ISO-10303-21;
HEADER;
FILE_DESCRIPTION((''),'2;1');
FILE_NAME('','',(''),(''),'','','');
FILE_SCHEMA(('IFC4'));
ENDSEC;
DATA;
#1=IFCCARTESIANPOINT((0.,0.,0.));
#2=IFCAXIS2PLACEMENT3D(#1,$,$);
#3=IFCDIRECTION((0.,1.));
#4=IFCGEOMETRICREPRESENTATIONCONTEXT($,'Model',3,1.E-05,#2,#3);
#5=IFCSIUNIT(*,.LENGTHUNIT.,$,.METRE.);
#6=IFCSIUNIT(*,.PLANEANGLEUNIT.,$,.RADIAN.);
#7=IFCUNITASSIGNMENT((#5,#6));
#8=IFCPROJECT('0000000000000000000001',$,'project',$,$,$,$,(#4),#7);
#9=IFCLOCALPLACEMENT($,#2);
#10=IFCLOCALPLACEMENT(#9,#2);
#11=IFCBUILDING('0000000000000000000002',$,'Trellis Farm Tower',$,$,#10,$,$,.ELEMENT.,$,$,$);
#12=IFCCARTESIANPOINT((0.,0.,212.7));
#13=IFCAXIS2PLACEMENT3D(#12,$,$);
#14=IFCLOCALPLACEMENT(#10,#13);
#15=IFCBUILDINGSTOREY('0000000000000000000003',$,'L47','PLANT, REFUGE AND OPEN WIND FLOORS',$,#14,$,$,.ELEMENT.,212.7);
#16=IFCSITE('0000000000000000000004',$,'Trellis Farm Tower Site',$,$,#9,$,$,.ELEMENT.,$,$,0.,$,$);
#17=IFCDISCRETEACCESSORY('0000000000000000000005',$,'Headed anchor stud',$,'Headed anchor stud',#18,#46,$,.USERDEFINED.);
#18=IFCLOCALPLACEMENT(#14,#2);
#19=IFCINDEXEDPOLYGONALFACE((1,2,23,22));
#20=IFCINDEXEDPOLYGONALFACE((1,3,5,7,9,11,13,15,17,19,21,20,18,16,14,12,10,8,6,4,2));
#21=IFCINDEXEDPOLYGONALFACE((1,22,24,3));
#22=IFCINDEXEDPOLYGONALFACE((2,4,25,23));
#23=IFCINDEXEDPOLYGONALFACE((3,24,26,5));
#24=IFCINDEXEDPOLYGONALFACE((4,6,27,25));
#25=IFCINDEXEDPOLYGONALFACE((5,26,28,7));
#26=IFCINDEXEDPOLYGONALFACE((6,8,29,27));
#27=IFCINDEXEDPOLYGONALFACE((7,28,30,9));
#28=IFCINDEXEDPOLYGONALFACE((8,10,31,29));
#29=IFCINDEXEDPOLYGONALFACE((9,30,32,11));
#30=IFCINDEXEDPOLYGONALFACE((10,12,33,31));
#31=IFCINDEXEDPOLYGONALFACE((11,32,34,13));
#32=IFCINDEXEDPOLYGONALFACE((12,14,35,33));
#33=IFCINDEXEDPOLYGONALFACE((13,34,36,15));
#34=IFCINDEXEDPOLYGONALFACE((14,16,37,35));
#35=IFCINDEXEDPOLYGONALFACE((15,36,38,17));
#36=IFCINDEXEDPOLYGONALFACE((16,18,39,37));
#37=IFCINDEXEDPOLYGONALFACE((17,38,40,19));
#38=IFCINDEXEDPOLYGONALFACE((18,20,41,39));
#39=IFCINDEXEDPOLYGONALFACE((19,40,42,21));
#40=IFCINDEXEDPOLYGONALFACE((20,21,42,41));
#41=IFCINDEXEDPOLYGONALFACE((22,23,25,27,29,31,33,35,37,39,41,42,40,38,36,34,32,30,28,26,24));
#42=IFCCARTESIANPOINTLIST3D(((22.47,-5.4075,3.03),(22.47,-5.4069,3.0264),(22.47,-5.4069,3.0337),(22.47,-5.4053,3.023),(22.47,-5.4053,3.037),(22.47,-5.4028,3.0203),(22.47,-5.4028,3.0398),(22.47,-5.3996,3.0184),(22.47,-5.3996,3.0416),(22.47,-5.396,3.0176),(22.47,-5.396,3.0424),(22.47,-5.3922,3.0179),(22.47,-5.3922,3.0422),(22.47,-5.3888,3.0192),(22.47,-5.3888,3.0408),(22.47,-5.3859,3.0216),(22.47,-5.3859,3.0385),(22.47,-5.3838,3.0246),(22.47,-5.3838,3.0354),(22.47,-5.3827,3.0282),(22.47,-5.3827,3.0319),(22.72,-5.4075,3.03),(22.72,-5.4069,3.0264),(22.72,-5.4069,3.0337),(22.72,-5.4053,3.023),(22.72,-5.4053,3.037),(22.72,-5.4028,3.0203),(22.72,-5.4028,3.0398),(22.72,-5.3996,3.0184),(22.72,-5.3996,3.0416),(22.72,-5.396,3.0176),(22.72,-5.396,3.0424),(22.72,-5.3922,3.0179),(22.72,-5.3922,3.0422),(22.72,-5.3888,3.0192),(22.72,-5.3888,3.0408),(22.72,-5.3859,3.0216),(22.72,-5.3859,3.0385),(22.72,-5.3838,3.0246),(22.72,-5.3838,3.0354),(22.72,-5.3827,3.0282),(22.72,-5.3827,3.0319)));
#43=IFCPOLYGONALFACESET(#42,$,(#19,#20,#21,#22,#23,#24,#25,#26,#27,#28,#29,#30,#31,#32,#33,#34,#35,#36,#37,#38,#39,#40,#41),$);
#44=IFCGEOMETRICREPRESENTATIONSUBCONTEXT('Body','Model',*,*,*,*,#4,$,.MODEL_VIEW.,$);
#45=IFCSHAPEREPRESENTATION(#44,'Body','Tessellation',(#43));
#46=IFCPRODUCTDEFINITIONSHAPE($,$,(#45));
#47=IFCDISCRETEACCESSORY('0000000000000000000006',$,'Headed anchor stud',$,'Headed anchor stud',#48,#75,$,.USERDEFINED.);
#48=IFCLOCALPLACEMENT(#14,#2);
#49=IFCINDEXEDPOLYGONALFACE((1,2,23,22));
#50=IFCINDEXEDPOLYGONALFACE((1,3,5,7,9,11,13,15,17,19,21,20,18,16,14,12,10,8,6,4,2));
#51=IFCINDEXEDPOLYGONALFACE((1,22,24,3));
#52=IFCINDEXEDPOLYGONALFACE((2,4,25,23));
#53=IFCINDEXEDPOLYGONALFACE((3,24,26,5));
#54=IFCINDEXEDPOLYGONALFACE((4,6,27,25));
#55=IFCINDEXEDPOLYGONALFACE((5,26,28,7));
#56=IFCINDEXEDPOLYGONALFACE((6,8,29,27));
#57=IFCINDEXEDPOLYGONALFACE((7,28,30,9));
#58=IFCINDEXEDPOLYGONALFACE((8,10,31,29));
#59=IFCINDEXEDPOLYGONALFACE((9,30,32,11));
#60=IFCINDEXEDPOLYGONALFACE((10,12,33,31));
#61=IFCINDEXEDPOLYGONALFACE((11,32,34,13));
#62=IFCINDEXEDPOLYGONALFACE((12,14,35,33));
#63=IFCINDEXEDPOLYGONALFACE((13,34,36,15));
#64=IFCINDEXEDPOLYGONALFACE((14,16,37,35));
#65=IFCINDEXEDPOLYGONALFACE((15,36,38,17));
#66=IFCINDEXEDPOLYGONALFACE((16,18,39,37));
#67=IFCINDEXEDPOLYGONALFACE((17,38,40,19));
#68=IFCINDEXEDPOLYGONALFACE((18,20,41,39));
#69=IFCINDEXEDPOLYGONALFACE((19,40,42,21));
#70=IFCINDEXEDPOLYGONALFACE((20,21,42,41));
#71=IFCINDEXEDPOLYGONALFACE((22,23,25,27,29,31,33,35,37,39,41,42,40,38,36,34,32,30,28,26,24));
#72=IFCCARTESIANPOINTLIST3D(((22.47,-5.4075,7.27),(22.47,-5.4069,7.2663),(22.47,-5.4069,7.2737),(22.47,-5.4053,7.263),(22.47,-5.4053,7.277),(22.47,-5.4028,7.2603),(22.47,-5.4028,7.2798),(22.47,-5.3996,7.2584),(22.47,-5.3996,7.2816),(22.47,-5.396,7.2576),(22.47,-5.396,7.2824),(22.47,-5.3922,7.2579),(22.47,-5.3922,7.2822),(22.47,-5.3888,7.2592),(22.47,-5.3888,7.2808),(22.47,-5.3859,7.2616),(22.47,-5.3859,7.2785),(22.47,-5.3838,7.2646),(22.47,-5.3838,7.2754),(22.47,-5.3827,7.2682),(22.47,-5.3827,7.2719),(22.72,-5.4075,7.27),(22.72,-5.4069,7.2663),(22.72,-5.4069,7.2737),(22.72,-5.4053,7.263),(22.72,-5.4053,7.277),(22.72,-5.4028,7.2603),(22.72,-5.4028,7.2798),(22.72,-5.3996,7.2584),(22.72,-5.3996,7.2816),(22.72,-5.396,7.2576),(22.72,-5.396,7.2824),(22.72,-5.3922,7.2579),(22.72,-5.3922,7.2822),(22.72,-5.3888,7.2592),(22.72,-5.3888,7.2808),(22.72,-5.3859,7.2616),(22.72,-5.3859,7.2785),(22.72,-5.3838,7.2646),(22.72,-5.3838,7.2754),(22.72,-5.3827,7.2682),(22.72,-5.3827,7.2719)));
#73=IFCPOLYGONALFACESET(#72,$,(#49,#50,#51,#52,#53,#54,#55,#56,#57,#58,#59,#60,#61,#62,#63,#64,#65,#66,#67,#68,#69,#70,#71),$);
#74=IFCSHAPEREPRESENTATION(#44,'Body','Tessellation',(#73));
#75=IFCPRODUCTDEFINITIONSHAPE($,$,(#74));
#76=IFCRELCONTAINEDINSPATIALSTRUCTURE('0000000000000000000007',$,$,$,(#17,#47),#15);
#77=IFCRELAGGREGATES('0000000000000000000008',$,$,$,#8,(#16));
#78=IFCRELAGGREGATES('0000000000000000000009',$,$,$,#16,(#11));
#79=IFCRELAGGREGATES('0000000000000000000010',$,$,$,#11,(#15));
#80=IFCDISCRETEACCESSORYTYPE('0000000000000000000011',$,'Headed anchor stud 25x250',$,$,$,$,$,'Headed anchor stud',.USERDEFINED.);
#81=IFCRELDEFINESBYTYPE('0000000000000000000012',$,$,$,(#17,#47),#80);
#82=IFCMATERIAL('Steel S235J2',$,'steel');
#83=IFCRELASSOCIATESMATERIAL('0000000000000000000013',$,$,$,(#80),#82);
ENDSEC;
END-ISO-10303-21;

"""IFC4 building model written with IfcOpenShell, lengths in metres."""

from ifc_helpers import new_model, si_unit, direction, frame, origin, origin_2d, place, context, subcontext, project, spatial, circle, extrude, source, transform, mapped, material, material_profile, profile_set, type_object, element, save


model = new_model("IFC4")

# Units and contexts
model_context = context("Model", 3, precision=1e-05, world=origin(), true_north=direction((0.0, 1.0)))
body_context = subcontext(model_context, "Body", "Model", "MODEL_VIEW")
ifc_project = project(units=[si_unit("LENGTHUNIT", "METRE"), si_unit("PLANEANGLEUNIT", "RADIAN")], contexts=[model_context])

# Site, building, storey
site_placement = place(None, origin())
site = spatial("IfcSite", under=ifc_project, at=site_placement, Name="Trellis Farm Tower Site", CompositionType="ELEMENT", RefElevation=0.0)
building_placement = place(site_placement, origin())
building = spatial("IfcBuilding", under=site, at=building_placement, Name="Trellis Farm Tower", CompositionType="ELEMENT")
storey_placement = place(building_placement, frame((0.0, 0.0, 212.7)))
storey = spatial("IfcBuildingStorey", under=building, at=storey_placement, Name="L47", Description="PLANT, REFUGE AND OPEN WIND FLOORS", CompositionType="ELEMENT", Elevation=212.7)

# Discrete accessories
ifc_material_1 = material(Name="Steel S235J2", Category="steel")
ifc_material_profile = material_profile(ifc_material_1, circle(Radius=0.0125, at=origin_2d()), Name="Headed anchor stud 25x250")
ifc_profile_set = profile_set([ifc_material_profile], Name="Steel S235J2")
discrete_accessory_type = type_object("IfcDiscreteAccessoryType", Name="Headed anchor stud 25x250", ElementType="Headed anchor stud", PredefinedType="USERDEFINED", material=ifc_profile_set)
shared_shape_1 = source(origin(), body_context, "Body", "SweptSolid", [
    extrude(circle(Radius=0.0125, at=origin_2d()), origin(), (0.0, 0.0, 1.0), 0.25),
])
for number, where, z_axis, x_axis, name in (
    (1, (22.72, -5.395, 3.03), (-1.0, 0.0, 0.0), (0.0, -1.0, 0.0), "Headed anchor stud"),
    (2, (22.72, -5.395, 7.27), (-1.0, 0.0, 0.0), (0.0, -1.0, 0.0), "Headed anchor stud"),
):
    element("IfcDiscreteAccessory", number, at=place(storey_placement, frame(where, z_axis=z_axis, x_axis=x_axis)), inside=storey, type_object=discrete_accessory_type, Name=name, ObjectType="Headed anchor stud", PredefinedType="USERDEFINED", context=body_context, shape_type="MappedRepresentation", body=[
        mapped(shared_shape_1, transform((0.0, 0.0, 0.0))),
    ])

save(model, "model.ifc")
